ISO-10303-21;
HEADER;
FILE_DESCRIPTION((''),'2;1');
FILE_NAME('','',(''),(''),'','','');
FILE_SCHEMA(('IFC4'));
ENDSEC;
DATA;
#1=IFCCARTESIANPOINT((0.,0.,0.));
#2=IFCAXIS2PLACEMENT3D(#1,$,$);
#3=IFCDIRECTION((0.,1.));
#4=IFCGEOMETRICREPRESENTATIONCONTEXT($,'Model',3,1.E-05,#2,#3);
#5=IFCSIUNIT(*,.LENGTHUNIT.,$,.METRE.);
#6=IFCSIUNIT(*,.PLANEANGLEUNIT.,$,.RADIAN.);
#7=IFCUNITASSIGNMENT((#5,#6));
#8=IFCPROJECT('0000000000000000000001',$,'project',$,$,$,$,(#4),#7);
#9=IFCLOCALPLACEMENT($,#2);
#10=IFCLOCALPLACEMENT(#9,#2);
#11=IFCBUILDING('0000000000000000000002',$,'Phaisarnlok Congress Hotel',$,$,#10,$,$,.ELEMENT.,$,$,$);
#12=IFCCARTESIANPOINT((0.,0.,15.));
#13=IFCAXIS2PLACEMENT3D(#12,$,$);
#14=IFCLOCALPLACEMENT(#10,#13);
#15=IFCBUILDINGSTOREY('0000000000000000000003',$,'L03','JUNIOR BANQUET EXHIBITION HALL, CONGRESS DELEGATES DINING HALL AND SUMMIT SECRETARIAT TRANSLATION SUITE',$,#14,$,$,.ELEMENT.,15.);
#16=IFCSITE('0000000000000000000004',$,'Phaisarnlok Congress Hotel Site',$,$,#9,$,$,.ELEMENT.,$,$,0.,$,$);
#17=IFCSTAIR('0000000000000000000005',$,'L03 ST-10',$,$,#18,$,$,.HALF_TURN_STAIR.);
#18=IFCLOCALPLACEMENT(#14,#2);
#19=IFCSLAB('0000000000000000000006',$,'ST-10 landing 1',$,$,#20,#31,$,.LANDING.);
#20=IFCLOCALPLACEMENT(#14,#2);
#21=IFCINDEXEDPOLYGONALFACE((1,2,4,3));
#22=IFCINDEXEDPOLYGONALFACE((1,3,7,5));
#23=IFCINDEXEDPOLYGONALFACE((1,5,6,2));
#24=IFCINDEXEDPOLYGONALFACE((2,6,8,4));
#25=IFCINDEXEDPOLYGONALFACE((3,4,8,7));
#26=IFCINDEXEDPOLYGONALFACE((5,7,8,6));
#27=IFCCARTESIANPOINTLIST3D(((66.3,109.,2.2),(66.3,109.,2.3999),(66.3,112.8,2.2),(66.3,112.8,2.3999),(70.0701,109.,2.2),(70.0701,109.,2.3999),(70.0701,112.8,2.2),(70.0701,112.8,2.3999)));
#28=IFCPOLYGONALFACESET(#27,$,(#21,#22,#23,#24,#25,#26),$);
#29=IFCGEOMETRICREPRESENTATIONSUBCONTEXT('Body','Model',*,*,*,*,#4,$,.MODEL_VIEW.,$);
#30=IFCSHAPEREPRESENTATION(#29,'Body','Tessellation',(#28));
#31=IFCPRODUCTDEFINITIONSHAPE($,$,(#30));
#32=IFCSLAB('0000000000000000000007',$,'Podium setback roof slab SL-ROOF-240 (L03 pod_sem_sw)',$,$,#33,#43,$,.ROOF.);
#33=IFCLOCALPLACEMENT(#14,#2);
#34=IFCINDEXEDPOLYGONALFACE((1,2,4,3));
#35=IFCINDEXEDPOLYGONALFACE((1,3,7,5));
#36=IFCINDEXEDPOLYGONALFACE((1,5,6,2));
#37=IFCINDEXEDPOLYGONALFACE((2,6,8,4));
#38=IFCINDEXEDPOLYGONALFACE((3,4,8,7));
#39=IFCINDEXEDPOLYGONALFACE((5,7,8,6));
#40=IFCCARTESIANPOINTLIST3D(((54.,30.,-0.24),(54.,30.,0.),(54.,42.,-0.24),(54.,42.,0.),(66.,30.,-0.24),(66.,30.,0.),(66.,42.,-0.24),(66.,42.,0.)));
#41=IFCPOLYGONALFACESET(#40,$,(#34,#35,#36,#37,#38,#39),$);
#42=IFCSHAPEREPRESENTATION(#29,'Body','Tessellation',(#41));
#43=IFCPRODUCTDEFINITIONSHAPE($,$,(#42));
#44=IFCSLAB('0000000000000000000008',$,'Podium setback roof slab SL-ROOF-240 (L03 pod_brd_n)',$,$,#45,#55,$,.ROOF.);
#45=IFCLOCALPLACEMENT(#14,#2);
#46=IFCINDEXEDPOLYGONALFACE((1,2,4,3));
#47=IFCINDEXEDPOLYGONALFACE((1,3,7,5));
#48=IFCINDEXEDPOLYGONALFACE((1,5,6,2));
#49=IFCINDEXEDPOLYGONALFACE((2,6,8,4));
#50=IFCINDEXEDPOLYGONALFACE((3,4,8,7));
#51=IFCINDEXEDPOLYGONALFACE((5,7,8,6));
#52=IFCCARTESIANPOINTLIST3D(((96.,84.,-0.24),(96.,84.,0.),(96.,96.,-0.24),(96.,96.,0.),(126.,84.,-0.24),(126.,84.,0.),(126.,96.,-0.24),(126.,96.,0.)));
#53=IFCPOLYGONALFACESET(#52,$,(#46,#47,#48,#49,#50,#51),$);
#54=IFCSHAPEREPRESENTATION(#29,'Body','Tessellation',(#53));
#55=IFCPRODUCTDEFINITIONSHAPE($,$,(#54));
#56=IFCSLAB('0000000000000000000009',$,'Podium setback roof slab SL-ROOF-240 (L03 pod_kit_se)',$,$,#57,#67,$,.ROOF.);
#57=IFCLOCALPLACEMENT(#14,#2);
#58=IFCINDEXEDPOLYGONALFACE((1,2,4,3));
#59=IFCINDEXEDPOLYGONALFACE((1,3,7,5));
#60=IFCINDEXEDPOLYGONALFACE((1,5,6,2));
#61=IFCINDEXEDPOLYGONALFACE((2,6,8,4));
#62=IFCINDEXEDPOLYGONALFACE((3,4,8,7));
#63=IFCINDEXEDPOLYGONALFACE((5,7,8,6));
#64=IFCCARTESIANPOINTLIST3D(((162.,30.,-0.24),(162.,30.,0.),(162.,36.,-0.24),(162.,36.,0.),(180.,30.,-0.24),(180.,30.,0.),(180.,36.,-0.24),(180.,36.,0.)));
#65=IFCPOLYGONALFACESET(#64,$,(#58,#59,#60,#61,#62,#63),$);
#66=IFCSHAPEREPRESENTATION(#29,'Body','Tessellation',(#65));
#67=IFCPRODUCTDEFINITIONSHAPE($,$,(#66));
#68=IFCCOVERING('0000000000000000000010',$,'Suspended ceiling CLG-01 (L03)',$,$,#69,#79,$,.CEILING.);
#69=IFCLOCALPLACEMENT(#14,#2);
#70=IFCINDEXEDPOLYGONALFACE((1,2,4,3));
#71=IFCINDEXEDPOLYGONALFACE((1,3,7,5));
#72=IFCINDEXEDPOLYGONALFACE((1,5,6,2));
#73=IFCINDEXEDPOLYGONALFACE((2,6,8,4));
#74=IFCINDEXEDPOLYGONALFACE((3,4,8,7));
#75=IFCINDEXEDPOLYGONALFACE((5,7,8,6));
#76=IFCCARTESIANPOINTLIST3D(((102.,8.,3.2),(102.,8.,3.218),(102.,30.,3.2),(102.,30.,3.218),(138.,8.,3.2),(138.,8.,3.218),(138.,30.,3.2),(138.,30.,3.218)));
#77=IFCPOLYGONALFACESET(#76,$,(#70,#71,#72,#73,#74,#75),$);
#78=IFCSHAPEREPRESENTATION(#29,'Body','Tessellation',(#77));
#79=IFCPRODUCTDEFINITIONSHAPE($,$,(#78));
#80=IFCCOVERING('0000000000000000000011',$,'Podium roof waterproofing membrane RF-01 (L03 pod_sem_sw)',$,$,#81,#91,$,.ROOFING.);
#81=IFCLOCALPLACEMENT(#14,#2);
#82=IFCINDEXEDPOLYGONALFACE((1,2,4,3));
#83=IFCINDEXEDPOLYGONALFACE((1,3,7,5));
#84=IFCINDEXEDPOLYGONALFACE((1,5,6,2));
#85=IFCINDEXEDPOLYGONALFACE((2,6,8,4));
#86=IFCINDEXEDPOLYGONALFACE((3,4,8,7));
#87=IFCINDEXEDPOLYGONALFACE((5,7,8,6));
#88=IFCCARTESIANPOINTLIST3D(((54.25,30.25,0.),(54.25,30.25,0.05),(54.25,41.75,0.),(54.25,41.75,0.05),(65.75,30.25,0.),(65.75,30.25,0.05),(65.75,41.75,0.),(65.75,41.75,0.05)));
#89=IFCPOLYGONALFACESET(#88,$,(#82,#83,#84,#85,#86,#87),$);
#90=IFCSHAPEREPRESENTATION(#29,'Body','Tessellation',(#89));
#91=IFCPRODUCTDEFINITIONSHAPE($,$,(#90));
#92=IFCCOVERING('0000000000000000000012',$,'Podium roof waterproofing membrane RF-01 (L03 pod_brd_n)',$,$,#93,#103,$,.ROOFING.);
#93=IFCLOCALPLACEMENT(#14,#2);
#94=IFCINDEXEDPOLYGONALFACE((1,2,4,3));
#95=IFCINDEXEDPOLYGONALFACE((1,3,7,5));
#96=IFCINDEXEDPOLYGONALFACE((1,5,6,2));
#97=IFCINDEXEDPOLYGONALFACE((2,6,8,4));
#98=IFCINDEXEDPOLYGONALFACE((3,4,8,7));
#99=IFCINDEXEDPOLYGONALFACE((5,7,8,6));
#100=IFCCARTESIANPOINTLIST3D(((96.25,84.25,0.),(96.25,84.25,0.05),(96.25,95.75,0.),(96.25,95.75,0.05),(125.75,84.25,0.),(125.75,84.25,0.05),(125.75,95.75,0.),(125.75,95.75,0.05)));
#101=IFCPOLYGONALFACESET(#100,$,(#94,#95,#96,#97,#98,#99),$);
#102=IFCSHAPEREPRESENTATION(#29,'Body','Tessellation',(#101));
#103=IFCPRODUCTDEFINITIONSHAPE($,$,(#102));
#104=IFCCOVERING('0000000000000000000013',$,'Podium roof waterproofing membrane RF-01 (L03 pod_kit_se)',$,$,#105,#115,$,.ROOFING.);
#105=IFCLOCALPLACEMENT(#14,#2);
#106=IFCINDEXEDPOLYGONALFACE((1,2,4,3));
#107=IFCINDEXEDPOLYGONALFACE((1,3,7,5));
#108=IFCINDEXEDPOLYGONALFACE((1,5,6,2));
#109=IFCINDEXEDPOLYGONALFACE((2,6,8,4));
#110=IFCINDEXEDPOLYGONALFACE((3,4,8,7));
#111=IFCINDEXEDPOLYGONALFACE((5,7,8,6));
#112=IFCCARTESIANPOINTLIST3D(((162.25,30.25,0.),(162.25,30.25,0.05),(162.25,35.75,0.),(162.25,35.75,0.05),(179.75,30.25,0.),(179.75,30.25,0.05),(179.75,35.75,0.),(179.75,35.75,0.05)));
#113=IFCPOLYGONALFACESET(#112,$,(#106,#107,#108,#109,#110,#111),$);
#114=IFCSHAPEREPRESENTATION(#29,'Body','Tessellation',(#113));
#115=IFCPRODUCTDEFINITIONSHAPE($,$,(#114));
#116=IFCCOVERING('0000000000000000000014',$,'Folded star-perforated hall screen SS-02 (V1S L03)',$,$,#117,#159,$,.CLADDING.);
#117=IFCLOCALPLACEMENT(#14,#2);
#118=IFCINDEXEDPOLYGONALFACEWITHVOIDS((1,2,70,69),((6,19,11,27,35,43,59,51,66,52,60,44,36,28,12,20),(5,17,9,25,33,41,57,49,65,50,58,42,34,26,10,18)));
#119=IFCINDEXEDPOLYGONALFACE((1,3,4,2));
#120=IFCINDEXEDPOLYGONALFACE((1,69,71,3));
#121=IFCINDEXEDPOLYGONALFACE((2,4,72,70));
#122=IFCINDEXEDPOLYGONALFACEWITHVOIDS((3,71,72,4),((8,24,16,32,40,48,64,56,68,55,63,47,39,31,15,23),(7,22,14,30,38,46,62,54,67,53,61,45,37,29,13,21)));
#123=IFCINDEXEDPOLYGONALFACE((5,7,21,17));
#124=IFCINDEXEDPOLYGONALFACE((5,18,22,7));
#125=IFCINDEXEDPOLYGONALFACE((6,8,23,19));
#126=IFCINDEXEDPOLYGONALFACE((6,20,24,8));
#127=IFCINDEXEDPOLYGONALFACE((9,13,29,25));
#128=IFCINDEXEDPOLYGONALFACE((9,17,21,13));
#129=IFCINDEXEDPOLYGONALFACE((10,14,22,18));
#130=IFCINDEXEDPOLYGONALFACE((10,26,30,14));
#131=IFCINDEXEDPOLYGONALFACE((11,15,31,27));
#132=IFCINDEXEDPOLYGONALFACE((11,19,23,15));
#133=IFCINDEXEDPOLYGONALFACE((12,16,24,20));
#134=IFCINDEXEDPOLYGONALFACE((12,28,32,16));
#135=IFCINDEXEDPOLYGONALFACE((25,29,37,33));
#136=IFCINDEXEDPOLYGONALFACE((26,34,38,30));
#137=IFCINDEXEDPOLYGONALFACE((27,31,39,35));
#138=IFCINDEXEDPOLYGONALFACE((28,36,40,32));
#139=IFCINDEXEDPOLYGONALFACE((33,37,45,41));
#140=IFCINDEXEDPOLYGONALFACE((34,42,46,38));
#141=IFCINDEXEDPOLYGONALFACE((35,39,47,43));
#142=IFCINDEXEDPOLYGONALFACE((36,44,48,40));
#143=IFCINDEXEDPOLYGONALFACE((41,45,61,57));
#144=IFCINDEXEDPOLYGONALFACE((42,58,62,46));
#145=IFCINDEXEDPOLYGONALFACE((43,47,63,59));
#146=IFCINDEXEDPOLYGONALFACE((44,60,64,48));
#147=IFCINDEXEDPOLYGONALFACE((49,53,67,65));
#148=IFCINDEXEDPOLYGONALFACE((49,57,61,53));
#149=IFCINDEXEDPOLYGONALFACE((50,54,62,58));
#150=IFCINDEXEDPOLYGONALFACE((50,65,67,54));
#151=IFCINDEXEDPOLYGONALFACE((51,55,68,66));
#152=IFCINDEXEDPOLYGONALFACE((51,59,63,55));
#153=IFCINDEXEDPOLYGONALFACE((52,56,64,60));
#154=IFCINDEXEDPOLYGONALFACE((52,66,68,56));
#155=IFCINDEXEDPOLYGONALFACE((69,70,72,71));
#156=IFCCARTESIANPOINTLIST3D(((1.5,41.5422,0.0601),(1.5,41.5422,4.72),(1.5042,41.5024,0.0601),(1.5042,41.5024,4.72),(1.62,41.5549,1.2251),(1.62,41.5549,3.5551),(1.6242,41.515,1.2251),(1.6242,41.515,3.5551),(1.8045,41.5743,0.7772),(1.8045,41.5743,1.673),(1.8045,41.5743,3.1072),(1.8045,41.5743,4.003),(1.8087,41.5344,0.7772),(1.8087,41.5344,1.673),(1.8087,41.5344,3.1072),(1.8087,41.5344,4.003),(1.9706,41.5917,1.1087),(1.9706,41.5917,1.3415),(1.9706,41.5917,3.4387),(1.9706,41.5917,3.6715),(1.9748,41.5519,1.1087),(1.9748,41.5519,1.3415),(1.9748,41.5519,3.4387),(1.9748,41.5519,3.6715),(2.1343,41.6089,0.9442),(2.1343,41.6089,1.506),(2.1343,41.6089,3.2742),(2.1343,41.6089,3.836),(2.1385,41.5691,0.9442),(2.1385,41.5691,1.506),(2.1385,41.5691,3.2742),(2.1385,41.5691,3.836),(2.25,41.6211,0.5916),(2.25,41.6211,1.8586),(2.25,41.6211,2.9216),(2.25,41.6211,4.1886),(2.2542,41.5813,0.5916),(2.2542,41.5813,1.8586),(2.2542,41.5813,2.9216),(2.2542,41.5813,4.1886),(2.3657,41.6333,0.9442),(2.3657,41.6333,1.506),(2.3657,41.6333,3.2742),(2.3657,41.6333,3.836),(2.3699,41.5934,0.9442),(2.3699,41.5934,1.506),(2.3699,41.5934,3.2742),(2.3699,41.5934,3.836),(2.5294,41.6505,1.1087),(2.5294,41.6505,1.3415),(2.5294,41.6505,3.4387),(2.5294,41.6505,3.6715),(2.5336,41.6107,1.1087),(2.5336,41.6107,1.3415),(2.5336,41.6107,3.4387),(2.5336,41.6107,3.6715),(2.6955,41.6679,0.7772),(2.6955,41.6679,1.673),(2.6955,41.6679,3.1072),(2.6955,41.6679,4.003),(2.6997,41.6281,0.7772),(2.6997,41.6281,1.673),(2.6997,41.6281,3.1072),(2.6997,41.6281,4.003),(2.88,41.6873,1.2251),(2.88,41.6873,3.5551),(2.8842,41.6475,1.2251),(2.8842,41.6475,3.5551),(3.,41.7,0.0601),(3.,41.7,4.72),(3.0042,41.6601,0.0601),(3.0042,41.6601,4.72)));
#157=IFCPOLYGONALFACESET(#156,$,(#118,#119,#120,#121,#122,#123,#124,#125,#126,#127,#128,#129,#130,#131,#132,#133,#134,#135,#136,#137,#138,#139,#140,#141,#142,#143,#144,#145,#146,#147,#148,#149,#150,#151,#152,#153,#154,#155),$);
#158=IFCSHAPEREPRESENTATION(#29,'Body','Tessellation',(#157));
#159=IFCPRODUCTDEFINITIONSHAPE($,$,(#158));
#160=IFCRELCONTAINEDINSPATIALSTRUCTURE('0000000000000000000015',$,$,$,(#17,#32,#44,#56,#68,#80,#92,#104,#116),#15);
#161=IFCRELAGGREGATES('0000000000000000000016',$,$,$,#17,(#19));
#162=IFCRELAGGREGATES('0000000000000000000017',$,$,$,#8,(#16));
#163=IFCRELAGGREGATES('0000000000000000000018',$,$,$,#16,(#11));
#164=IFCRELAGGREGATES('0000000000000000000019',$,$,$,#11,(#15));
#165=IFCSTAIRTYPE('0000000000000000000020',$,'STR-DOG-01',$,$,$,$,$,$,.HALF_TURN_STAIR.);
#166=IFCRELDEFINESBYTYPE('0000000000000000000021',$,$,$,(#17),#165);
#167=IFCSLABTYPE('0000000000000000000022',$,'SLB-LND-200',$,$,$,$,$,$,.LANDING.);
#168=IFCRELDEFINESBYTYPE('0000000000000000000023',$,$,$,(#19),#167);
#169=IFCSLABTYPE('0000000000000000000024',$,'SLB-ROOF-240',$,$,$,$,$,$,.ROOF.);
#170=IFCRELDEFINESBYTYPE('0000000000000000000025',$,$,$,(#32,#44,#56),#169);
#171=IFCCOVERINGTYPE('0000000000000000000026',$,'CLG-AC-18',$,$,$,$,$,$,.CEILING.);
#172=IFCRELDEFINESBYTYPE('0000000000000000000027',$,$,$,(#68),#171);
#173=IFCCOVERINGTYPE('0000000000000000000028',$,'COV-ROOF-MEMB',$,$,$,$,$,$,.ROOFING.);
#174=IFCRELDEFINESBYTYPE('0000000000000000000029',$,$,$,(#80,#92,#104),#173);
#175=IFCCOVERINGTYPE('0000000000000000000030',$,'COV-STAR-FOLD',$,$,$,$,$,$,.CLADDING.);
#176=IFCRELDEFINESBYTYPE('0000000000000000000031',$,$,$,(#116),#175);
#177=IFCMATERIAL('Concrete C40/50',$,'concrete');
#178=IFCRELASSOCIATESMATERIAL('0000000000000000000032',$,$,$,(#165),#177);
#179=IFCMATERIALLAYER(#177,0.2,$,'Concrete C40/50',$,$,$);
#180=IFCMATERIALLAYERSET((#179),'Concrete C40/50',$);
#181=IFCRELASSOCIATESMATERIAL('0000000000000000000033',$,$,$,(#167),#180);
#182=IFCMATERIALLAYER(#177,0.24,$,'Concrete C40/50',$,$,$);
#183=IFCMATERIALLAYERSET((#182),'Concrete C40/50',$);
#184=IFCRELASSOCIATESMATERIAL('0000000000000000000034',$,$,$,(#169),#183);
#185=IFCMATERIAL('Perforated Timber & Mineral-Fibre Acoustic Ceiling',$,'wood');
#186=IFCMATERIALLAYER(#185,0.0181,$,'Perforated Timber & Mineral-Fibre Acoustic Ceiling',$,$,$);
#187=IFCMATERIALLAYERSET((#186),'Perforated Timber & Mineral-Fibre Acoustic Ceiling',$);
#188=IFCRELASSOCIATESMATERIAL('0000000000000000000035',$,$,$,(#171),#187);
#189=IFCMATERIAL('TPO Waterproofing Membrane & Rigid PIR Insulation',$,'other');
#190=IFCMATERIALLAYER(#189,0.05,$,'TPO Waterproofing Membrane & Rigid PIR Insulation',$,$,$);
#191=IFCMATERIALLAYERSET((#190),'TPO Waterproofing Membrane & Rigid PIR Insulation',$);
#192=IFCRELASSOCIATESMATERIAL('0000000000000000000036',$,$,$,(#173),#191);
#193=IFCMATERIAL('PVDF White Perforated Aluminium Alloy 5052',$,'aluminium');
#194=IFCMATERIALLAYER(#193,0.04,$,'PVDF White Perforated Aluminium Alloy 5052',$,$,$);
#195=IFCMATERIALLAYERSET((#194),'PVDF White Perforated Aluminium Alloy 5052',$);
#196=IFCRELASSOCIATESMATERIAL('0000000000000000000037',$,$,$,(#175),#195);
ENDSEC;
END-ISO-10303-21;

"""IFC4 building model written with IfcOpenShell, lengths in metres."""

from ifc_helpers import new_model, si_unit, direction, frame, origin, place, context, subcontext, project, spatial, polyline, outline, extrude, material, layer, layer_set, type_object, element, aggregate, save


model = new_model("IFC4")

# Units and contexts
model_context = context("Model", 3, precision=1e-05, world=origin(), true_north=direction((0.0, 1.0)))
body_context = subcontext(model_context, "Body", "Model", "MODEL_VIEW")
ifc_project = project(units=[si_unit("LENGTHUNIT", "METRE"), si_unit("PLANEANGLEUNIT", "RADIAN")], contexts=[model_context])

# Site, building, storey
site_placement = place(None, origin())
site = spatial("IfcSite", under=ifc_project, at=site_placement, Name="Phaisarnlok Congress Hotel Site", CompositionType="ELEMENT", RefElevation=0.0)
building_placement = place(site_placement, origin())
building = spatial("IfcBuilding", under=site, at=building_placement, Name="Phaisarnlok Congress Hotel", CompositionType="ELEMENT")
storey_placement = place(building_placement, frame((0.0, 0.0, 15.0)))
storey = spatial("IfcBuildingStorey", under=building, at=storey_placement, Name="L03", Description="JUNIOR BANQUET EXHIBITION HALL, CONGRESS DELEGATES DINING HALL AND SUMMIT SECRETARIAT TRANSLATION SUITE", CompositionType="ELEMENT", Elevation=15.0)

# Shared definitions
ifc_material_1 = material(Name="Concrete C40/50", Category="concrete")

# Stair, slab
stair_type = type_object("IfcStairType", Name="STR-DOG-01", PredefinedType="HALF_TURN_STAIR", material=ifc_material_1)
ifc_layer_1 = layer(ifc_material_1, 0.2, Name="Concrete C40/50")
ifc_layer_set_1 = layer_set([ifc_layer_1], Name="Concrete C40/50")
slab_type_1 = type_object("IfcSlabType", Name="SLB-LND-200", PredefinedType="LANDING", material=ifc_layer_set_1)
stair_1_placement = place(storey_placement, origin())
stair_1 = element("IfcStair", 1, at=stair_1_placement, inside=storey, type_object=stair_type, Name="L03 ST-10", PredefinedType="HALF_TURN_STAIR")
slab_1_placement = place(storey_placement, frame((0.0, 0.0, 2.2)))
slab_1 = element("IfcSlab", 2, at=slab_1_placement, type_object=slab_type_1, Name="ST-10 landing 1", PredefinedType="LANDING", context=body_context, shape_type="SweptSolid", body=[
    extrude(outline(polyline([(70.0701, 112.8), (66.3, 112.8), (66.3, 109.0), (70.0701, 109.0), (70.0701, 112.8)])), origin(), (0.0, 0.0, 1.0), 0.2),
])
aggregate(stair_1, [slab_1])

# Slabs
ifc_layer_2 = layer(ifc_material_1, 0.24, Name="Concrete C40/50")
ifc_layer_set_2 = layer_set([ifc_layer_2], Name="Concrete C40/50")
slab_type_2 = type_object("IfcSlabType", Name="SLB-ROOF-240", PredefinedType="ROOF", material=ifc_layer_set_2)
slab_2_placement = place(storey_placement, frame((0.0, 0.0, -0.24)))
element("IfcSlab", 3, at=slab_2_placement, inside=storey, type_object=slab_type_2, Name="Podium setback roof slab SL-ROOF-240 (L03 pod_sem_sw)", PredefinedType="ROOF", context=body_context, shape_type="SweptSolid", body=[
    extrude(outline(polyline([(54.0, 30.0), (66.0, 30.0), (66.0, 42.0), (54.0, 42.0), (54.0, 30.0)])), origin(), (0.0, 0.0, 1.0), 0.24),
])
slab_3_placement = place(storey_placement, frame((0.0, 0.0, -0.24)))
element("IfcSlab", 4, at=slab_3_placement, inside=storey, type_object=slab_type_2, Name="Podium setback roof slab SL-ROOF-240 (L03 pod_brd_n)", PredefinedType="ROOF", context=body_context, shape_type="SweptSolid", body=[
    extrude(outline(polyline([(96.0, 84.0), (126.0, 84.0), (126.0, 96.0), (96.0, 96.0), (96.0, 84.0)])), origin(), (0.0, 0.0, 1.0), 0.24),
])
slab_4_placement = place(storey_placement, frame((0.0, 0.0, -0.24)))
element("IfcSlab", 5, at=slab_4_placement, inside=storey, type_object=slab_type_2, Name="Podium setback roof slab SL-ROOF-240 (L03 pod_kit_se)", PredefinedType="ROOF", context=body_context, shape_type="SweptSolid", body=[
    extrude(outline(polyline([(162.0, 30.0), (180.0, 30.0), (180.0, 36.0), (162.0, 36.0), (162.0, 30.0)])), origin(), (0.0, 0.0, 1.0), 0.24),
])

# Coverings
ifc_material_2 = material(Name="Perforated Timber & Mineral-Fibre Acoustic Ceiling", Category="wood")
ifc_layer_3 = layer(ifc_material_2, 0.0181, Name="Perforated Timber & Mineral-Fibre Acoustic Ceiling")
ifc_layer_set_3 = layer_set([ifc_layer_3], Name="Perforated Timber & Mineral-Fibre Acoustic Ceiling")
covering_type_1 = type_object("IfcCoveringType", Name="CLG-AC-18", PredefinedType="CEILING", material=ifc_layer_set_3)
covering_1_placement = place(storey_placement, frame((0.0, 0.0, 3.2)))
element("IfcCovering", 6, at=covering_1_placement, inside=storey, type_object=covering_type_1, Name="Suspended ceiling CLG-01 (L03)", PredefinedType="CEILING", context=body_context, shape_type="SweptSolid", body=[
    extrude(outline(polyline([(102.0, 8.0), (102.0, 30.0), (138.0, 30.0), (138.0, 8.0), (102.0, 8.0)])), origin(), (0.0, 0.0, 1.0), 0.0181),
])
ifc_material_3 = material(Name="TPO Waterproofing Membrane & Rigid PIR Insulation", Category="other")
ifc_layer_4 = layer(ifc_material_3, 0.05, Name="TPO Waterproofing Membrane & Rigid PIR Insulation")
ifc_layer_set_4 = layer_set([ifc_layer_4], Name="TPO Waterproofing Membrane & Rigid PIR Insulation")
covering_type_2 = type_object("IfcCoveringType", Name="COV-ROOF-MEMB", PredefinedType="ROOFING", material=ifc_layer_set_4)
covering_2_placement = place(storey_placement, origin())
element("IfcCovering", 7, at=covering_2_placement, inside=storey, type_object=covering_type_2, Name="Podium roof waterproofing membrane RF-01 (L03 pod_sem_sw)", PredefinedType="ROOFING", context=body_context, shape_type="SweptSolid", body=[
    extrude(outline(polyline([(54.25, 30.25), (65.75, 30.25), (65.75, 41.75), (54.25, 41.75), (54.25, 30.25)])), origin(), (0.0, 0.0, 1.0), 0.05),
])
covering_3_placement = place(storey_placement, origin())
element("IfcCovering", 8, at=covering_3_placement, inside=storey, type_object=covering_type_2, Name="Podium roof waterproofing membrane RF-01 (L03 pod_brd_n)", PredefinedType="ROOFING", context=body_context, shape_type="SweptSolid", body=[
    extrude(outline(polyline([(96.25, 84.25), (125.75, 84.25), (125.75, 95.75), (96.25, 95.75), (96.25, 84.25)])), origin(), (0.0, 0.0, 1.0), 0.05),
])
covering_4_placement = place(storey_placement, origin())
element("IfcCovering", 9, at=covering_4_placement, inside=storey, type_object=covering_type_2, Name="Podium roof waterproofing membrane RF-01 (L03 pod_kit_se)", PredefinedType="ROOFING", context=body_context, shape_type="SweptSolid", body=[
    extrude(outline(polyline([(162.25, 30.25), (179.75, 30.25), (179.75, 35.75), (162.25, 35.75), (162.25, 30.25)])), origin(), (0.0, 0.0, 1.0), 0.05),
])
ifc_material_4 = material(Name="PVDF White Perforated Aluminium Alloy 5052", Category="aluminium")
ifc_layer_5 = layer(ifc_material_4, 0.04, Name="PVDF White Perforated Aluminium Alloy 5052")
ifc_layer_set_5 = layer_set([ifc_layer_5], Name="PVDF White Perforated Aluminium Alloy 5052")
covering_type_3 = type_object("IfcCoveringType", Name="COV-STAR-FOLD", PredefinedType="CLADDING", material=ifc_layer_set_5)
for number, where, z_axis, x_axis, name in (
    (10, (1.5, 41.5422, 0.0601), (0.104567, -0.994518, 0.0), (0.994518, 0.104567, 0.0), "Folded star-perforated hall screen SS-02 (V1S L03)"),
):
    element("IfcCovering", number, at=place(storey_placement, frame(where, z_axis=z_axis, x_axis=x_axis)), inside=storey, type_object=covering_type_3, Name=name, PredefinedType="CLADDING", context=body_context, shape_type="SweptSolid", body=[
        extrude(outline(polyline([(0.0, 0.0), (1.5083, 0.0), (1.5083, 4.6599), (0.0, 4.6599), (0.0, 0.0)]), holes=[polyline([(1.0351, 1.0486), (1.2021, 0.7171), (0.8705, 0.8841), (0.7541, 0.5315), (0.6378, 0.8841), (0.3062, 0.7171), (0.4732, 1.0486), (0.1207, 1.165), (0.4732, 1.2814), (0.3062, 1.6129), (0.6378, 1.4459), (0.7541, 1.7985), (0.8705, 1.4459), (1.2021, 1.6129), (1.0351, 1.2814), (1.3876, 1.165), (1.0351, 1.0486)]), polyline([(1.0351, 3.3786), (1.2021, 3.0471), (0.8705, 3.2141), (0.7541, 2.8615), (0.6378, 3.2141), (0.3062, 3.0471), (0.4732, 3.3786), (0.1207, 3.495), (0.4732, 3.6114), (0.3062, 3.9429), (0.6378, 3.7759), (0.7541, 4.1285), (0.8705, 3.7759), (1.2021, 3.9429), (1.0351, 3.6114), (1.3876, 3.495), (1.0351, 3.3786)])]), origin(), (0.0, 0.0, 1.0), 0.04),
    ])

save(model, "model.ifc")
